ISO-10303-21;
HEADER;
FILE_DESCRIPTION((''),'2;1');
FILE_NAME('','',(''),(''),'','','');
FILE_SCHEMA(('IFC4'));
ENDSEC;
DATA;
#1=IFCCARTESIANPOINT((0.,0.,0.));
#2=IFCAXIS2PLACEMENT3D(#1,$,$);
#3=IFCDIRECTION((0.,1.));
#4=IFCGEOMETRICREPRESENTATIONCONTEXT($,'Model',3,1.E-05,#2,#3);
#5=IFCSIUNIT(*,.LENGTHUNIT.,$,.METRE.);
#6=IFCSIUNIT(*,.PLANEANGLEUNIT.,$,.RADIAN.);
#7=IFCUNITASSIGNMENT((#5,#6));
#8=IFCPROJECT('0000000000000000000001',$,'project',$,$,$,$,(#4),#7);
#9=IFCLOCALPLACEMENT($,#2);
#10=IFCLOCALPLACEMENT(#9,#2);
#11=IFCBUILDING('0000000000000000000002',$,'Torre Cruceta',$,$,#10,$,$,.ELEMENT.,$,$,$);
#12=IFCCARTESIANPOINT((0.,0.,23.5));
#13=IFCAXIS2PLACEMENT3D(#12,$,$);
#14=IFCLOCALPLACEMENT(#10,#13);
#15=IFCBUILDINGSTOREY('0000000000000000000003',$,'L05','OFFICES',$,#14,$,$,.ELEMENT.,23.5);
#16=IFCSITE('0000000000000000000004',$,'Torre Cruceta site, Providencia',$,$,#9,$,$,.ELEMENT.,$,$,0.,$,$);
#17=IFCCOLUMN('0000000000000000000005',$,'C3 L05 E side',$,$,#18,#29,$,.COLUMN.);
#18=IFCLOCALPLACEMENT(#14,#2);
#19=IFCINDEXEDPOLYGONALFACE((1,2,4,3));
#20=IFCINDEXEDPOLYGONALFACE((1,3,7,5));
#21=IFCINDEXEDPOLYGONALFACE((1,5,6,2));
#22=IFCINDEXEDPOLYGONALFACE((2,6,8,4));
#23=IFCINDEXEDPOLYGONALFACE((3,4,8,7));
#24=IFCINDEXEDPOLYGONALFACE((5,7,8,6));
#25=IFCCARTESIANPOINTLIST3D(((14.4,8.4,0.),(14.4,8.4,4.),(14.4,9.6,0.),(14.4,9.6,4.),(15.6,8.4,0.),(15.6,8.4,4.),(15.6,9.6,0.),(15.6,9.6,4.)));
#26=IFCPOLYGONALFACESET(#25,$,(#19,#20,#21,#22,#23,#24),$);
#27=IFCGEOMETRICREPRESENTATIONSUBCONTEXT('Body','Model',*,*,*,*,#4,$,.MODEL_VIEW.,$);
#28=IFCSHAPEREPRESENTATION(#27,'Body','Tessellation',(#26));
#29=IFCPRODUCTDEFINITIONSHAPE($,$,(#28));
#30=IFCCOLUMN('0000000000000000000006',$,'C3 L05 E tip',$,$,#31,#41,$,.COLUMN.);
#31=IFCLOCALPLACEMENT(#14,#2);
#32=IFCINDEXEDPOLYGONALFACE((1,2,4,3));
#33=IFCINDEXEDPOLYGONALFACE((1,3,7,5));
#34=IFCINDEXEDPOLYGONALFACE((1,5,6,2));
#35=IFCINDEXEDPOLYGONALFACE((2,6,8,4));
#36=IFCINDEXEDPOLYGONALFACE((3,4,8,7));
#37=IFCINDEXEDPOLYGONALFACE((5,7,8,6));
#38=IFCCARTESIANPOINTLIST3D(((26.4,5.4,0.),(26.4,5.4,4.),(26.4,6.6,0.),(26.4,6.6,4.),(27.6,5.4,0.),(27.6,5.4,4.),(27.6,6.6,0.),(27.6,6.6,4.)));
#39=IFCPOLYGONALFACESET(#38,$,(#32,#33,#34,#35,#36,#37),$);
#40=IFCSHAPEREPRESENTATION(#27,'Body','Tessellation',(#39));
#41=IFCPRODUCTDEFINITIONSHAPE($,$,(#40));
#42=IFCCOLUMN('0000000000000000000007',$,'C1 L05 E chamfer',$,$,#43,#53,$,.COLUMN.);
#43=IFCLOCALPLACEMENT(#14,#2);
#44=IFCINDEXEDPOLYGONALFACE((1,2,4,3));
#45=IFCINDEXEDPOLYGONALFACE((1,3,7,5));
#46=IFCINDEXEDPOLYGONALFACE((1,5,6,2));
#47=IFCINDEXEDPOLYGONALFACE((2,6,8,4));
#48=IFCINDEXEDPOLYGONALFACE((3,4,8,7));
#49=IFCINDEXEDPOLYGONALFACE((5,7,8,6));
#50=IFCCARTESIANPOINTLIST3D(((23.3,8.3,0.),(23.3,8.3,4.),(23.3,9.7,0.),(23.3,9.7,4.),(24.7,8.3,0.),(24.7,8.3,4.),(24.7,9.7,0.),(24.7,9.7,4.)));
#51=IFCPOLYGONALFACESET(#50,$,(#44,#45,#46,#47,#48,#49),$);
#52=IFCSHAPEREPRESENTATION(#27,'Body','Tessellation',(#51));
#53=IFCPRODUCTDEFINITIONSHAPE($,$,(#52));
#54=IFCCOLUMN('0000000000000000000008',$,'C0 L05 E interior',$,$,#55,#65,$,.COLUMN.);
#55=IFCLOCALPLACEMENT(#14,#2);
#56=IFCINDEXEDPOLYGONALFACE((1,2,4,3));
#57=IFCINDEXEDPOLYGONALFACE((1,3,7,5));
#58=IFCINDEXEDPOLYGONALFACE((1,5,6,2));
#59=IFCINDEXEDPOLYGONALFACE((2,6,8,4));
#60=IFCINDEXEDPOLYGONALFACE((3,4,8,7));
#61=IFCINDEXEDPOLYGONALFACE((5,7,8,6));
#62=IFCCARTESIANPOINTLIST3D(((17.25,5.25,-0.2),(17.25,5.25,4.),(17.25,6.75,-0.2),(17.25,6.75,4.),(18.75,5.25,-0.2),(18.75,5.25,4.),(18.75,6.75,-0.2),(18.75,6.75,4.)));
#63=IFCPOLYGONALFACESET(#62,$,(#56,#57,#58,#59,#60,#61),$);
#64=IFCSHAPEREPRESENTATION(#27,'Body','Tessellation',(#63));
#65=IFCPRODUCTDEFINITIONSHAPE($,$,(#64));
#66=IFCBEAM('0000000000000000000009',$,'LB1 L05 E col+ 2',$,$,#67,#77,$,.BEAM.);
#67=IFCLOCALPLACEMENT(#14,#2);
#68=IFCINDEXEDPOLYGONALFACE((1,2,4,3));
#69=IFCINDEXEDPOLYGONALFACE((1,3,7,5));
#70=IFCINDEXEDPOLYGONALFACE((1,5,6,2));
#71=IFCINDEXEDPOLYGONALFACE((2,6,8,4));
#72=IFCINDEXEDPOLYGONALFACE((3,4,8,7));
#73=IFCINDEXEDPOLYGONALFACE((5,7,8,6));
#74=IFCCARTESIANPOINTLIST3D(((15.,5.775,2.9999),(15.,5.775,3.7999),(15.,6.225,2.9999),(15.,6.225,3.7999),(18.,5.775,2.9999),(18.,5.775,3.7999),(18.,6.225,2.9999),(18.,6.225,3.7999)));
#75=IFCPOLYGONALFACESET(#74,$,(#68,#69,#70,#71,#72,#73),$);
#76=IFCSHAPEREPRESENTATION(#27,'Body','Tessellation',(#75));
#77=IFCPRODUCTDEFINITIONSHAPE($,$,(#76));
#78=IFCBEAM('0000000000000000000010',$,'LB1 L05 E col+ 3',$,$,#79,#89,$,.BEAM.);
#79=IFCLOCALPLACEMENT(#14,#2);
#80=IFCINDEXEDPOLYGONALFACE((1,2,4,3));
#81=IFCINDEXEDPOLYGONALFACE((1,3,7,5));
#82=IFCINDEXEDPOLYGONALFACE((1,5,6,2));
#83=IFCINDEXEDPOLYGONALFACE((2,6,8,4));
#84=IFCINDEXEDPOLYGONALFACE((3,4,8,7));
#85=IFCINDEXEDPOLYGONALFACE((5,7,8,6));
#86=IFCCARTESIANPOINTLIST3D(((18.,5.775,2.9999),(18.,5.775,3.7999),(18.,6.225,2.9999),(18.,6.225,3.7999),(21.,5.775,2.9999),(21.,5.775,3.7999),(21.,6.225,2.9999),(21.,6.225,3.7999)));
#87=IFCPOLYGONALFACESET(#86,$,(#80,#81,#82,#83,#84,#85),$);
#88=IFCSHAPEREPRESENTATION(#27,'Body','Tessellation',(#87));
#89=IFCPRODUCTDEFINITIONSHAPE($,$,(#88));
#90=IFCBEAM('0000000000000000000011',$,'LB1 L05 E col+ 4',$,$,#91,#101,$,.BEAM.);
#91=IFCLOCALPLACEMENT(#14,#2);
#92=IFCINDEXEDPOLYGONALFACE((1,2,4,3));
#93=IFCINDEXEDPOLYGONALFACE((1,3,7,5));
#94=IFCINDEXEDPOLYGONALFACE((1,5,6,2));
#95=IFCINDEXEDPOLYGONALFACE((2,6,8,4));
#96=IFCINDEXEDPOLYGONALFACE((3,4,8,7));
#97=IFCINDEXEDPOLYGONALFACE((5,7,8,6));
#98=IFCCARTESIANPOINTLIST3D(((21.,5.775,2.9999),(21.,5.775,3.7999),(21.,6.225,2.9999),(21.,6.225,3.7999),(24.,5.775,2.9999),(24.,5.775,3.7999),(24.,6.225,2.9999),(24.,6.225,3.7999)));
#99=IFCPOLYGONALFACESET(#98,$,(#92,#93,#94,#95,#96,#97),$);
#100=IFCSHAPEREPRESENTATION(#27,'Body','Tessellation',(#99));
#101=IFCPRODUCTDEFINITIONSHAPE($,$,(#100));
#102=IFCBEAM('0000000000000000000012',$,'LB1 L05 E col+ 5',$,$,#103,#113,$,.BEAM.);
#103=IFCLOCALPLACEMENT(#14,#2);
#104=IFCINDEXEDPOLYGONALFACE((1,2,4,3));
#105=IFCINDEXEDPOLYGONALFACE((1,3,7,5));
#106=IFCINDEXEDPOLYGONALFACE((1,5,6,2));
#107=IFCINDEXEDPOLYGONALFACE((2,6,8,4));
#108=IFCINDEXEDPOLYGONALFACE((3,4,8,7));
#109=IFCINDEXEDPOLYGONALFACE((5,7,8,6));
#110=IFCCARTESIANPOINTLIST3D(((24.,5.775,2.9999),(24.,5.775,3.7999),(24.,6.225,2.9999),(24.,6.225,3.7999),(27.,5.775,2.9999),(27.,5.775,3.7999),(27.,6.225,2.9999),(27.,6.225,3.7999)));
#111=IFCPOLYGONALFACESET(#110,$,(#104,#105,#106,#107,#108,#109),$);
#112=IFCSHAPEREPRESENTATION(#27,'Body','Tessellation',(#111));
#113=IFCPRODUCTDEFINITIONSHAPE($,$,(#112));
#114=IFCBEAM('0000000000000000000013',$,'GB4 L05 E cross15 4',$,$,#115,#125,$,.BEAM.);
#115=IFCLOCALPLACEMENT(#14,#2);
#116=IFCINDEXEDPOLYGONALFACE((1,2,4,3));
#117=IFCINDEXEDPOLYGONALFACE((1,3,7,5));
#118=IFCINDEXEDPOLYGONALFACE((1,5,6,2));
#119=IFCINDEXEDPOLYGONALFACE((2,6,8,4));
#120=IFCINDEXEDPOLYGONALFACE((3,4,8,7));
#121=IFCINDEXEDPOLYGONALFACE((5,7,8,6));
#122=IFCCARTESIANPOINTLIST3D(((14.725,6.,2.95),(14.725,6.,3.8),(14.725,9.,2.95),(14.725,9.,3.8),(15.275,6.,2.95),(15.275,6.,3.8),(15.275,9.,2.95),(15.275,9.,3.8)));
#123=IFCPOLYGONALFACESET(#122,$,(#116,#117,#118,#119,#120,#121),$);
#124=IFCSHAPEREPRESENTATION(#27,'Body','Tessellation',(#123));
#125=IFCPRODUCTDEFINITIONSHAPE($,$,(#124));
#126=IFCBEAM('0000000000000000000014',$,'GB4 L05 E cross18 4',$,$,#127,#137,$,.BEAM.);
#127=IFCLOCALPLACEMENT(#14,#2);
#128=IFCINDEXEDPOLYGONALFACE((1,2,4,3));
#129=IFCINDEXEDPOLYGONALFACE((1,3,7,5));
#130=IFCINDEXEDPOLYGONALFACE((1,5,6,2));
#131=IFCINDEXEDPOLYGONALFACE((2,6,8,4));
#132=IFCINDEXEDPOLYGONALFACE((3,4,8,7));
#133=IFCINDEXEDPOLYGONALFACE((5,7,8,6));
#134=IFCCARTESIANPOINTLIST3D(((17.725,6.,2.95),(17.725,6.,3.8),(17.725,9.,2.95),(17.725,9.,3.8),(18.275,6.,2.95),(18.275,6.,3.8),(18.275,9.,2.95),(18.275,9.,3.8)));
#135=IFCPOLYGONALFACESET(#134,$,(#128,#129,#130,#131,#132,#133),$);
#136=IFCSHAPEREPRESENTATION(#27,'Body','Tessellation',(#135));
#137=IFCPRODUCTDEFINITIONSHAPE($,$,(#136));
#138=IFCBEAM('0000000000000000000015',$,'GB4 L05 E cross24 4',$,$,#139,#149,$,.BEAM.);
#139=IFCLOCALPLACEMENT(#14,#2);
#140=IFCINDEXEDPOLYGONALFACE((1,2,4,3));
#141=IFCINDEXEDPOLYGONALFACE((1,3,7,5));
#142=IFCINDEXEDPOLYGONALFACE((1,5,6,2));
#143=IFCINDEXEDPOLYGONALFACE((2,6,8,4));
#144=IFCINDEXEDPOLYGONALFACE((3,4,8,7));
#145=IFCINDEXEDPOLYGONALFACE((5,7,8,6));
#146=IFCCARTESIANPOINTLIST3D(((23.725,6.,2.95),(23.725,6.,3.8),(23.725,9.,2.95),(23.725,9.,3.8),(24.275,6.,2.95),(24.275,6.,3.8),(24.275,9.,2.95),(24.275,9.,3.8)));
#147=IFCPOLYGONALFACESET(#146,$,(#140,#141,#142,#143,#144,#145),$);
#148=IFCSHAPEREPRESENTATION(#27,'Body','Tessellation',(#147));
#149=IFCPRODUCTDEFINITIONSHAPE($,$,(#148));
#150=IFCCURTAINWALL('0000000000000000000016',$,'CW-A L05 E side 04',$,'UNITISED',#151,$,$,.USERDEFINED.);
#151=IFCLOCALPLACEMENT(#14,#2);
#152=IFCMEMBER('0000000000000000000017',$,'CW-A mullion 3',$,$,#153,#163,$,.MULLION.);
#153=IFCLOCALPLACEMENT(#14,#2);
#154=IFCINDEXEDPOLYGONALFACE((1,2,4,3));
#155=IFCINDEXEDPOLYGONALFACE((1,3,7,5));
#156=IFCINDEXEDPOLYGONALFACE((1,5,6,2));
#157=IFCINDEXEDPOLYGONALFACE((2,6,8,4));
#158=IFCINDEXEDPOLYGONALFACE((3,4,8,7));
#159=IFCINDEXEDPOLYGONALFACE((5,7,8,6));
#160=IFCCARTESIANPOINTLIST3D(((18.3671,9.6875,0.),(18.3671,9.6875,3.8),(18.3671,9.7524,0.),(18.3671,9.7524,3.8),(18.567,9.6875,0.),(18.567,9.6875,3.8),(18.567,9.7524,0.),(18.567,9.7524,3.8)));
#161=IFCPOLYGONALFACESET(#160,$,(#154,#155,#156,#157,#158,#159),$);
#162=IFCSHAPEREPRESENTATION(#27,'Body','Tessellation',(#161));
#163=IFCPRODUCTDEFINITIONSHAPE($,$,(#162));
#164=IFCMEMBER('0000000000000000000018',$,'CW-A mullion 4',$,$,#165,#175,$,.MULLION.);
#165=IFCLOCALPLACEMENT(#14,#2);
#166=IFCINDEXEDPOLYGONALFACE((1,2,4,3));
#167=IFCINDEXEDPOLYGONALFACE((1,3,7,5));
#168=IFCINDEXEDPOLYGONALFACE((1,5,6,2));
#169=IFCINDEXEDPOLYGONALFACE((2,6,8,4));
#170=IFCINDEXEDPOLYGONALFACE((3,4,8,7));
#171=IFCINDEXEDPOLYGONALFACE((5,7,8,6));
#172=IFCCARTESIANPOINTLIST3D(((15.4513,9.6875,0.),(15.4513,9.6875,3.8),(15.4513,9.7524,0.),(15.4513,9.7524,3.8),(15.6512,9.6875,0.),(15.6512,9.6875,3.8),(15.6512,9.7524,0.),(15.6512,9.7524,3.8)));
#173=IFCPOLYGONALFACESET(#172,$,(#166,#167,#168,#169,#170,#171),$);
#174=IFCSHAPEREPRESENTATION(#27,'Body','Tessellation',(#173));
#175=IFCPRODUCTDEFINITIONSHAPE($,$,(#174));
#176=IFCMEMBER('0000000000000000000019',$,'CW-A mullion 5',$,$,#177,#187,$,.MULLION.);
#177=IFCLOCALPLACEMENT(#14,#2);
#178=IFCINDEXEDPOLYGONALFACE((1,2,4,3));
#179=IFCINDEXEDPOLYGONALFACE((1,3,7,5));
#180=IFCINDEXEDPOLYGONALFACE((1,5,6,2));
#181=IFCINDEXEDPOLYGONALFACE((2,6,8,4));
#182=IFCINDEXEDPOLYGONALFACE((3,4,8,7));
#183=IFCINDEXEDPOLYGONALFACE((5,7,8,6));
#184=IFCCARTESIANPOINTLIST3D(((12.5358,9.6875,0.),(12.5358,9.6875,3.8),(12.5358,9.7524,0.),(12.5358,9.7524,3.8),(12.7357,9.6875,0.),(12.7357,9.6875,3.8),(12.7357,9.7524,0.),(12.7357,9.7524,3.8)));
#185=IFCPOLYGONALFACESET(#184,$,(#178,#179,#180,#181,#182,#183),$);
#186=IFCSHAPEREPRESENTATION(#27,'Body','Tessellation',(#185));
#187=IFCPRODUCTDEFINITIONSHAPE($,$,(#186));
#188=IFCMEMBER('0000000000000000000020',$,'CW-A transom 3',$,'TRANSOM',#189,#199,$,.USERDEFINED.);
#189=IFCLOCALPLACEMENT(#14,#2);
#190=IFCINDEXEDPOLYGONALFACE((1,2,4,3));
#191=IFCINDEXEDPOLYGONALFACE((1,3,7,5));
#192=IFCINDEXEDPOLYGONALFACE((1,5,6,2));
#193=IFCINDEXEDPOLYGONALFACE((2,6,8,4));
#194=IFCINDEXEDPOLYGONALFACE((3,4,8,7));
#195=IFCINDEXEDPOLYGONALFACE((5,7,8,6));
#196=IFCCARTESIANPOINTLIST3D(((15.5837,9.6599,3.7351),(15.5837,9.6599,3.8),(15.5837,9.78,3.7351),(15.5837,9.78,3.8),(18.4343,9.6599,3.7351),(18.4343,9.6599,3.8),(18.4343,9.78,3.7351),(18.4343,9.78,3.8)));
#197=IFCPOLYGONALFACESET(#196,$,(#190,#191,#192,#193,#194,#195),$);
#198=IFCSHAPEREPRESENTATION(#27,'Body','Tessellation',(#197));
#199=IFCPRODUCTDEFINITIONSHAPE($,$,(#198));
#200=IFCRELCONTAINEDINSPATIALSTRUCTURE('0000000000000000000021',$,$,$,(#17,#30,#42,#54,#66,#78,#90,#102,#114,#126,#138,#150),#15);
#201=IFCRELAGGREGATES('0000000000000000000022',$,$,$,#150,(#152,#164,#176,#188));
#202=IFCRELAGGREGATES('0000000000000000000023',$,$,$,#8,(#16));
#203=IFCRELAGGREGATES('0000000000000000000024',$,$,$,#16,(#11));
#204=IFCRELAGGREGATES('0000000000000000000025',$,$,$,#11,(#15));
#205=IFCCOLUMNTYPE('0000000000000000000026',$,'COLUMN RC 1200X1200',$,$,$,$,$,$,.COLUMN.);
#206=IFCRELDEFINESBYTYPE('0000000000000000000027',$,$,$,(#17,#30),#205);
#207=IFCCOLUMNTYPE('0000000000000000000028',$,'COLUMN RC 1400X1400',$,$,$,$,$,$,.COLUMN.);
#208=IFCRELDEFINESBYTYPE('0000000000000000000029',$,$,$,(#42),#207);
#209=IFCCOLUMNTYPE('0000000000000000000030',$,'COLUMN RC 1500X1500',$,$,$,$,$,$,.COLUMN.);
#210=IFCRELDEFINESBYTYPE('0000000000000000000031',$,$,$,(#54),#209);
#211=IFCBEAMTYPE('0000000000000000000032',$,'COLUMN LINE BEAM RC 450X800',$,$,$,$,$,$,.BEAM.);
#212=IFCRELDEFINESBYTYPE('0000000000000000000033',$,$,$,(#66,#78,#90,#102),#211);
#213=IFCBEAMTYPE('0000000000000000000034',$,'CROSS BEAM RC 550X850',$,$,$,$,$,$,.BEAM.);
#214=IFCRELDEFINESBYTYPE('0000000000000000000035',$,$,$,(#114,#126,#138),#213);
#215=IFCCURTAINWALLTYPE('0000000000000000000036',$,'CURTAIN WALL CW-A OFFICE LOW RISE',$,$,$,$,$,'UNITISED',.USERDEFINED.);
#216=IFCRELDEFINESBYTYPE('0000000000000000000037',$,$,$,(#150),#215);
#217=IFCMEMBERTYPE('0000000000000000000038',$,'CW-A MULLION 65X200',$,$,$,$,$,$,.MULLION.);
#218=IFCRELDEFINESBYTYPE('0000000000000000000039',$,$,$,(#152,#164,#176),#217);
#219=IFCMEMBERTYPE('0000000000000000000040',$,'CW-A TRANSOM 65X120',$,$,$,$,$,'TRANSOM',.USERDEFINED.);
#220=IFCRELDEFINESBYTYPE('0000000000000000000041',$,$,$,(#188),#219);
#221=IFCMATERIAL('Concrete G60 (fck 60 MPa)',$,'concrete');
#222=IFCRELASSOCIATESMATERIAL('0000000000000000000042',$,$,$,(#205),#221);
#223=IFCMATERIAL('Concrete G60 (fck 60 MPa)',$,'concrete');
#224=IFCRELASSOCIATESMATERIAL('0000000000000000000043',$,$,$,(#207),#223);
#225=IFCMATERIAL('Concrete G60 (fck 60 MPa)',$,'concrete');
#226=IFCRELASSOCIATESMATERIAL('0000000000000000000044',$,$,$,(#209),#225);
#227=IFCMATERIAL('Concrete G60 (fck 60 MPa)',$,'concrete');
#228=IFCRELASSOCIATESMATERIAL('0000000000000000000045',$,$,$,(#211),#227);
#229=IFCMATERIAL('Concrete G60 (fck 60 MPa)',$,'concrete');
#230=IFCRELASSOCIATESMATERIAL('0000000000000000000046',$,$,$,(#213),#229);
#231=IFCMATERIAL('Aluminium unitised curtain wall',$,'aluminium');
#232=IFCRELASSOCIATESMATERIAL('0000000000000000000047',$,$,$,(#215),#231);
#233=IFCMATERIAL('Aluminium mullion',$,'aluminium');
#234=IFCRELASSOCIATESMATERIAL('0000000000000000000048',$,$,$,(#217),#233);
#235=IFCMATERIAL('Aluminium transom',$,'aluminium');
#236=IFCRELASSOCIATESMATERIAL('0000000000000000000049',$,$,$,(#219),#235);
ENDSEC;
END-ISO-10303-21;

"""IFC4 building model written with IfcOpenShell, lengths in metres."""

from ifc_helpers import new_model, si_unit, direction, frame, origin, origin_2d, place, context, subcontext, project, spatial, rectangle, extrude, material, material_profile, profile_set, type_object, element, aggregate, save


model = new_model("IFC4")

# Units and contexts
model_context = context("Model", 3, precision=1e-05, world=origin(), true_north=direction((0.0, 1.0)))
body_context = subcontext(model_context, "Body", "Model", "MODEL_VIEW")
ifc_project = project(units=[si_unit("LENGTHUNIT", "METRE"), si_unit("PLANEANGLEUNIT", "RADIAN")], contexts=[model_context])

# Site, building, storey
site_placement = place(None, origin())
site = spatial("IfcSite", under=ifc_project, at=site_placement, Name="Torre Cruceta site, Providencia", CompositionType="ELEMENT", RefElevation=0.0)
building_placement = place(site_placement, origin())
building = spatial("IfcBuilding", under=site, at=building_placement, Name="Torre Cruceta", CompositionType="ELEMENT")
storey_placement = place(building_placement, frame((0.0, 0.0, 23.5)))
storey = spatial("IfcBuildingStorey", under=building, at=storey_placement, Name="L05", Description="OFFICES", CompositionType="ELEMENT", Elevation=23.5)

# Columns
ifc_material_1 = material(Name="Concrete G60 (fck 60 MPa)", Category="concrete")
ifc_material_profile_1 = material_profile(ifc_material_1, rectangle(XDim=1.2, YDim=1.2, at=origin_2d()), Name="RC 1200X1200")
ifc_profile_set_1 = profile_set([ifc_material_profile_1], Name="Concrete G60 (fck 60 MPa)")
column_type_1 = type_object("IfcColumnType", Name="COLUMN RC 1200X1200", PredefinedType="COLUMN", material=ifc_profile_set_1)
for number, where, z_axis, x_axis, name in (
    (1, (15.0, 9.0, 0.0), (0.0, 0.0, 1.0), (1.0, 0.0, 0.0), "C3 L05 E side"),
    (2, (27.0, 6.0, 0.0), (0.0, 0.0, 1.0), (1.0, 0.0, 0.0), "C3 L05 E tip"),
):
    element("IfcColumn", number, at=place(storey_placement, frame(where, z_axis=z_axis, x_axis=x_axis)), inside=storey, type_object=column_type_1, Name=name, PredefinedType="COLUMN", context=body_context, shape_type="SweptSolid", body=[
        extrude(rectangle(XDim=1.2, YDim=1.2, at=origin_2d()), origin(), (0.0, 0.0, 1.0), 4.0),
    ])
ifc_material_2 = material(Name="Concrete G60 (fck 60 MPa)", Category="concrete")
ifc_material_profile_2 = material_profile(ifc_material_2, rectangle(XDim=1.3999, YDim=1.3999, at=origin_2d()), Name="RC 1400X1400")
ifc_profile_set_2 = profile_set([ifc_material_profile_2], Name="Concrete G60 (fck 60 MPa)")
column_type_2 = type_object("IfcColumnType", Name="COLUMN RC 1400X1400", PredefinedType="COLUMN", material=ifc_profile_set_2)
column_1_placement = place(storey_placement, frame((24.0, 9.0, 0.0), z_axis=(0.0, 0.0, 1.0), x_axis=(1.0, 0.0, 0.0)))
element("IfcColumn", 3, at=column_1_placement, inside=storey, type_object=column_type_2, Name="C1 L05 E chamfer", PredefinedType="COLUMN", context=body_context, shape_type="SweptSolid", body=[
    extrude(rectangle(XDim=1.3999, YDim=1.3999, at=origin_2d()), origin(), (0.0, 0.0, 1.0), 4.0),
])
ifc_material_3 = material(Name="Concrete G60 (fck 60 MPa)", Category="concrete")
ifc_material_profile_3 = material_profile(ifc_material_3, rectangle(XDim=1.5, YDim=1.5, at=origin_2d()), Name="RC 1500X1500")
ifc_profile_set_3 = profile_set([ifc_material_profile_3], Name="Concrete G60 (fck 60 MPa)")
column_type_3 = type_object("IfcColumnType", Name="COLUMN RC 1500X1500", PredefinedType="COLUMN", material=ifc_profile_set_3)
column_2_placement = place(storey_placement, frame((18.0, 6.0, -0.2), z_axis=(0.0, 0.0, 1.0), x_axis=(1.0, 0.0, 0.0)))
element("IfcColumn", 4, at=column_2_placement, inside=storey, type_object=column_type_3, Name="C0 L05 E interior", PredefinedType="COLUMN", context=body_context, shape_type="SweptSolid", body=[
    extrude(rectangle(XDim=1.5, YDim=1.5, at=origin_2d()), origin(), (0.0, 0.0, 1.0), 4.2),
])

# Beams
ifc_material_4 = material(Name="Concrete G60 (fck 60 MPa)", Category="concrete")
ifc_material_profile_4 = material_profile(ifc_material_4, rectangle(XDim=0.45, YDim=0.8, at=origin_2d()), Name="RC 450X800")
ifc_profile_set_4 = profile_set([ifc_material_profile_4], Name="Concrete G60 (fck 60 MPa)")
beam_type_1 = type_object("IfcBeamType", Name="COLUMN LINE BEAM RC 450X800", PredefinedType="BEAM", material=ifc_profile_set_4)
for number, where, z_axis, x_axis, name in (
    (5, (15.0, 6.0, 3.3999), (1.0, 0.0, 0.0), (0.0, 1.0, 0.0), "LB1 L05 E col+ 2"),
    (6, (18.0, 6.0, 3.3999), (1.0, 0.0, 0.0), (0.0, 1.0, 0.0), "LB1 L05 E col+ 3"),
    (7, (21.0, 6.0, 3.3999), (1.0, 0.0, 0.0), (0.0, 1.0, 0.0), "LB1 L05 E col+ 4"),
    (8, (24.0, 6.0, 3.3999), (1.0, 0.0, 0.0), (0.0, 1.0, 0.0), "LB1 L05 E col+ 5"),
):
    element("IfcBeam", number, at=place(storey_placement, frame(where, z_axis=z_axis, x_axis=x_axis)), inside=storey, type_object=beam_type_1, Name=name, PredefinedType="BEAM", context=body_context, shape_type="SweptSolid", body=[
        extrude(rectangle(XDim=0.45, YDim=0.8, at=origin_2d()), origin(), (0.0, 0.0, 1.0), 3.0),
    ])
ifc_material_5 = material(Name="Concrete G60 (fck 60 MPa)", Category="concrete")
ifc_material_profile_5 = material_profile(ifc_material_5, rectangle(XDim=0.55, YDim=0.8501, at=origin_2d()), Name="RC 550X850")
ifc_profile_set_5 = profile_set([ifc_material_profile_5], Name="Concrete G60 (fck 60 MPa)")
beam_type_2 = type_object("IfcBeamType", Name="CROSS BEAM RC 550X850", PredefinedType="BEAM", material=ifc_profile_set_5)
for number, where, z_axis, x_axis, name in (
    (9, (15.0, 6.0, 3.375), (0.0, 1.0, 0.0), (-1.0, 0.0, 0.0), "GB4 L05 E cross15 4"),
    (10, (18.0, 6.0, 3.375), (0.0, 1.0, 0.0), (-1.0, 0.0, 0.0), "GB4 L05 E cross18 4"),
    (11, (24.0, 6.0, 3.375), (0.0, 1.0, 0.0), (-1.0, 0.0, 0.0), "GB4 L05 E cross24 4"),
):
    element("IfcBeam", number, at=place(storey_placement, frame(where, z_axis=z_axis, x_axis=x_axis)), inside=storey, type_object=beam_type_2, Name=name, PredefinedType="BEAM", context=body_context, shape_type="SweptSolid", body=[
        extrude(rectangle(XDim=0.55, YDim=0.8501, at=origin_2d()), origin(), (0.0, 0.0, 1.0), 3.0),
    ])

# Curtain wall, members
ifc_material_6 = material(Name="Aluminium unitised curtain wall", Category="aluminium")
curtain_wall_type = type_object("IfcCurtainWallType", Name="CURTAIN WALL CW-A OFFICE LOW RISE", ElementType="UNITISED", PredefinedType="USERDEFINED", material=ifc_material_6)
curtain_wall_placement = place(storey_placement, origin())
curtain_wall = element("IfcCurtainWall", 12, at=curtain_wall_placement, inside=storey, type_object=curtain_wall_type, Name="CW-A L05 E side 04", ObjectType="UNITISED", PredefinedType="USERDEFINED")
ifc_material_7 = material(Name="Aluminium mullion", Category="aluminium")
ifc_material_profile_6 = material_profile(ifc_material_7, rectangle(XDim=0.0649, YDim=0.2, at=origin_2d()), Name="AL 65X200")
ifc_profile_set_6 = profile_set([ifc_material_profile_6], Name="Aluminium mullion")
member_type_1 = type_object("IfcMemberType", Name="CW-A MULLION 65X200", PredefinedType="MULLION", material=ifc_profile_set_6)
member_1_placement = place(storey_placement, frame((18.467, 9.72, 0.0), z_axis=(0.0, 0.0, 1.0), x_axis=(0.0, -1.0, 0.0)))
member_1 = element("IfcMember", 13, at=member_1_placement, type_object=member_type_1, Name="CW-A mullion 3", PredefinedType="MULLION", context=body_context, shape_type="SweptSolid", body=[
    extrude(rectangle(XDim=0.0649, YDim=0.2, at=origin_2d()), origin(), (0.0, 0.0, 1.0), 3.8),
])
member_2_placement = place(storey_placement, frame((15.5513, 9.72, 0.0), z_axis=(0.0, 0.0, 1.0), x_axis=(0.0, -1.0, 0.0)))
member_2 = element("IfcMember", 14, at=member_2_placement, type_object=member_type_1, Name="CW-A mullion 4", PredefinedType="MULLION", context=body_context, shape_type="SweptSolid", body=[
    extrude(rectangle(XDim=0.0649, YDim=0.2, at=origin_2d()), origin(), (0.0, 0.0, 1.0), 3.8),
])
member_3_placement = place(storey_placement, frame((12.6357, 9.72, 0.0), z_axis=(0.0, 0.0, 1.0), x_axis=(0.0, -1.0, 0.0)))
member_3 = element("IfcMember", 15, at=member_3_placement, type_object=member_type_1, Name="CW-A mullion 5", PredefinedType="MULLION", context=body_context, shape_type="SweptSolid", body=[
    extrude(rectangle(XDim=0.0649, YDim=0.2, at=origin_2d()), origin(), (0.0, 0.0, 1.0), 3.8),
])
ifc_material_8 = material(Name="Aluminium transom", Category="aluminium")
ifc_material_profile_7 = material_profile(ifc_material_8, rectangle(XDim=0.1201, YDim=0.0649, at=origin_2d()), Name="AL 120X65")
ifc_profile_set_7 = profile_set([ifc_material_profile_7], Name="Aluminium transom")
member_type_2 = type_object("IfcMemberType", Name="CW-A TRANSOM 65X120", ElementType="TRANSOM", PredefinedType="USERDEFINED", material=ifc_profile_set_7)
member_4_placement = place(storey_placement, frame((18.4343, 9.72, 3.7676), z_axis=(-1.0, 0.0, 0.0), x_axis=(0.0, -1.0, 0.0)))
member_4 = element("IfcMember", 16, at=member_4_placement, type_object=member_type_2, Name="CW-A transom 3", ObjectType="TRANSOM", PredefinedType="USERDEFINED", context=body_context, shape_type="SweptSolid", body=[
    extrude(rectangle(XDim=0.1201, YDim=0.0649, at=origin_2d()), origin(), (0.0, 0.0, 1.0), 2.8506),
])

aggregate(curtain_wall, [member_1, member_2, member_3, member_4])

save(model, "model.ifc")
